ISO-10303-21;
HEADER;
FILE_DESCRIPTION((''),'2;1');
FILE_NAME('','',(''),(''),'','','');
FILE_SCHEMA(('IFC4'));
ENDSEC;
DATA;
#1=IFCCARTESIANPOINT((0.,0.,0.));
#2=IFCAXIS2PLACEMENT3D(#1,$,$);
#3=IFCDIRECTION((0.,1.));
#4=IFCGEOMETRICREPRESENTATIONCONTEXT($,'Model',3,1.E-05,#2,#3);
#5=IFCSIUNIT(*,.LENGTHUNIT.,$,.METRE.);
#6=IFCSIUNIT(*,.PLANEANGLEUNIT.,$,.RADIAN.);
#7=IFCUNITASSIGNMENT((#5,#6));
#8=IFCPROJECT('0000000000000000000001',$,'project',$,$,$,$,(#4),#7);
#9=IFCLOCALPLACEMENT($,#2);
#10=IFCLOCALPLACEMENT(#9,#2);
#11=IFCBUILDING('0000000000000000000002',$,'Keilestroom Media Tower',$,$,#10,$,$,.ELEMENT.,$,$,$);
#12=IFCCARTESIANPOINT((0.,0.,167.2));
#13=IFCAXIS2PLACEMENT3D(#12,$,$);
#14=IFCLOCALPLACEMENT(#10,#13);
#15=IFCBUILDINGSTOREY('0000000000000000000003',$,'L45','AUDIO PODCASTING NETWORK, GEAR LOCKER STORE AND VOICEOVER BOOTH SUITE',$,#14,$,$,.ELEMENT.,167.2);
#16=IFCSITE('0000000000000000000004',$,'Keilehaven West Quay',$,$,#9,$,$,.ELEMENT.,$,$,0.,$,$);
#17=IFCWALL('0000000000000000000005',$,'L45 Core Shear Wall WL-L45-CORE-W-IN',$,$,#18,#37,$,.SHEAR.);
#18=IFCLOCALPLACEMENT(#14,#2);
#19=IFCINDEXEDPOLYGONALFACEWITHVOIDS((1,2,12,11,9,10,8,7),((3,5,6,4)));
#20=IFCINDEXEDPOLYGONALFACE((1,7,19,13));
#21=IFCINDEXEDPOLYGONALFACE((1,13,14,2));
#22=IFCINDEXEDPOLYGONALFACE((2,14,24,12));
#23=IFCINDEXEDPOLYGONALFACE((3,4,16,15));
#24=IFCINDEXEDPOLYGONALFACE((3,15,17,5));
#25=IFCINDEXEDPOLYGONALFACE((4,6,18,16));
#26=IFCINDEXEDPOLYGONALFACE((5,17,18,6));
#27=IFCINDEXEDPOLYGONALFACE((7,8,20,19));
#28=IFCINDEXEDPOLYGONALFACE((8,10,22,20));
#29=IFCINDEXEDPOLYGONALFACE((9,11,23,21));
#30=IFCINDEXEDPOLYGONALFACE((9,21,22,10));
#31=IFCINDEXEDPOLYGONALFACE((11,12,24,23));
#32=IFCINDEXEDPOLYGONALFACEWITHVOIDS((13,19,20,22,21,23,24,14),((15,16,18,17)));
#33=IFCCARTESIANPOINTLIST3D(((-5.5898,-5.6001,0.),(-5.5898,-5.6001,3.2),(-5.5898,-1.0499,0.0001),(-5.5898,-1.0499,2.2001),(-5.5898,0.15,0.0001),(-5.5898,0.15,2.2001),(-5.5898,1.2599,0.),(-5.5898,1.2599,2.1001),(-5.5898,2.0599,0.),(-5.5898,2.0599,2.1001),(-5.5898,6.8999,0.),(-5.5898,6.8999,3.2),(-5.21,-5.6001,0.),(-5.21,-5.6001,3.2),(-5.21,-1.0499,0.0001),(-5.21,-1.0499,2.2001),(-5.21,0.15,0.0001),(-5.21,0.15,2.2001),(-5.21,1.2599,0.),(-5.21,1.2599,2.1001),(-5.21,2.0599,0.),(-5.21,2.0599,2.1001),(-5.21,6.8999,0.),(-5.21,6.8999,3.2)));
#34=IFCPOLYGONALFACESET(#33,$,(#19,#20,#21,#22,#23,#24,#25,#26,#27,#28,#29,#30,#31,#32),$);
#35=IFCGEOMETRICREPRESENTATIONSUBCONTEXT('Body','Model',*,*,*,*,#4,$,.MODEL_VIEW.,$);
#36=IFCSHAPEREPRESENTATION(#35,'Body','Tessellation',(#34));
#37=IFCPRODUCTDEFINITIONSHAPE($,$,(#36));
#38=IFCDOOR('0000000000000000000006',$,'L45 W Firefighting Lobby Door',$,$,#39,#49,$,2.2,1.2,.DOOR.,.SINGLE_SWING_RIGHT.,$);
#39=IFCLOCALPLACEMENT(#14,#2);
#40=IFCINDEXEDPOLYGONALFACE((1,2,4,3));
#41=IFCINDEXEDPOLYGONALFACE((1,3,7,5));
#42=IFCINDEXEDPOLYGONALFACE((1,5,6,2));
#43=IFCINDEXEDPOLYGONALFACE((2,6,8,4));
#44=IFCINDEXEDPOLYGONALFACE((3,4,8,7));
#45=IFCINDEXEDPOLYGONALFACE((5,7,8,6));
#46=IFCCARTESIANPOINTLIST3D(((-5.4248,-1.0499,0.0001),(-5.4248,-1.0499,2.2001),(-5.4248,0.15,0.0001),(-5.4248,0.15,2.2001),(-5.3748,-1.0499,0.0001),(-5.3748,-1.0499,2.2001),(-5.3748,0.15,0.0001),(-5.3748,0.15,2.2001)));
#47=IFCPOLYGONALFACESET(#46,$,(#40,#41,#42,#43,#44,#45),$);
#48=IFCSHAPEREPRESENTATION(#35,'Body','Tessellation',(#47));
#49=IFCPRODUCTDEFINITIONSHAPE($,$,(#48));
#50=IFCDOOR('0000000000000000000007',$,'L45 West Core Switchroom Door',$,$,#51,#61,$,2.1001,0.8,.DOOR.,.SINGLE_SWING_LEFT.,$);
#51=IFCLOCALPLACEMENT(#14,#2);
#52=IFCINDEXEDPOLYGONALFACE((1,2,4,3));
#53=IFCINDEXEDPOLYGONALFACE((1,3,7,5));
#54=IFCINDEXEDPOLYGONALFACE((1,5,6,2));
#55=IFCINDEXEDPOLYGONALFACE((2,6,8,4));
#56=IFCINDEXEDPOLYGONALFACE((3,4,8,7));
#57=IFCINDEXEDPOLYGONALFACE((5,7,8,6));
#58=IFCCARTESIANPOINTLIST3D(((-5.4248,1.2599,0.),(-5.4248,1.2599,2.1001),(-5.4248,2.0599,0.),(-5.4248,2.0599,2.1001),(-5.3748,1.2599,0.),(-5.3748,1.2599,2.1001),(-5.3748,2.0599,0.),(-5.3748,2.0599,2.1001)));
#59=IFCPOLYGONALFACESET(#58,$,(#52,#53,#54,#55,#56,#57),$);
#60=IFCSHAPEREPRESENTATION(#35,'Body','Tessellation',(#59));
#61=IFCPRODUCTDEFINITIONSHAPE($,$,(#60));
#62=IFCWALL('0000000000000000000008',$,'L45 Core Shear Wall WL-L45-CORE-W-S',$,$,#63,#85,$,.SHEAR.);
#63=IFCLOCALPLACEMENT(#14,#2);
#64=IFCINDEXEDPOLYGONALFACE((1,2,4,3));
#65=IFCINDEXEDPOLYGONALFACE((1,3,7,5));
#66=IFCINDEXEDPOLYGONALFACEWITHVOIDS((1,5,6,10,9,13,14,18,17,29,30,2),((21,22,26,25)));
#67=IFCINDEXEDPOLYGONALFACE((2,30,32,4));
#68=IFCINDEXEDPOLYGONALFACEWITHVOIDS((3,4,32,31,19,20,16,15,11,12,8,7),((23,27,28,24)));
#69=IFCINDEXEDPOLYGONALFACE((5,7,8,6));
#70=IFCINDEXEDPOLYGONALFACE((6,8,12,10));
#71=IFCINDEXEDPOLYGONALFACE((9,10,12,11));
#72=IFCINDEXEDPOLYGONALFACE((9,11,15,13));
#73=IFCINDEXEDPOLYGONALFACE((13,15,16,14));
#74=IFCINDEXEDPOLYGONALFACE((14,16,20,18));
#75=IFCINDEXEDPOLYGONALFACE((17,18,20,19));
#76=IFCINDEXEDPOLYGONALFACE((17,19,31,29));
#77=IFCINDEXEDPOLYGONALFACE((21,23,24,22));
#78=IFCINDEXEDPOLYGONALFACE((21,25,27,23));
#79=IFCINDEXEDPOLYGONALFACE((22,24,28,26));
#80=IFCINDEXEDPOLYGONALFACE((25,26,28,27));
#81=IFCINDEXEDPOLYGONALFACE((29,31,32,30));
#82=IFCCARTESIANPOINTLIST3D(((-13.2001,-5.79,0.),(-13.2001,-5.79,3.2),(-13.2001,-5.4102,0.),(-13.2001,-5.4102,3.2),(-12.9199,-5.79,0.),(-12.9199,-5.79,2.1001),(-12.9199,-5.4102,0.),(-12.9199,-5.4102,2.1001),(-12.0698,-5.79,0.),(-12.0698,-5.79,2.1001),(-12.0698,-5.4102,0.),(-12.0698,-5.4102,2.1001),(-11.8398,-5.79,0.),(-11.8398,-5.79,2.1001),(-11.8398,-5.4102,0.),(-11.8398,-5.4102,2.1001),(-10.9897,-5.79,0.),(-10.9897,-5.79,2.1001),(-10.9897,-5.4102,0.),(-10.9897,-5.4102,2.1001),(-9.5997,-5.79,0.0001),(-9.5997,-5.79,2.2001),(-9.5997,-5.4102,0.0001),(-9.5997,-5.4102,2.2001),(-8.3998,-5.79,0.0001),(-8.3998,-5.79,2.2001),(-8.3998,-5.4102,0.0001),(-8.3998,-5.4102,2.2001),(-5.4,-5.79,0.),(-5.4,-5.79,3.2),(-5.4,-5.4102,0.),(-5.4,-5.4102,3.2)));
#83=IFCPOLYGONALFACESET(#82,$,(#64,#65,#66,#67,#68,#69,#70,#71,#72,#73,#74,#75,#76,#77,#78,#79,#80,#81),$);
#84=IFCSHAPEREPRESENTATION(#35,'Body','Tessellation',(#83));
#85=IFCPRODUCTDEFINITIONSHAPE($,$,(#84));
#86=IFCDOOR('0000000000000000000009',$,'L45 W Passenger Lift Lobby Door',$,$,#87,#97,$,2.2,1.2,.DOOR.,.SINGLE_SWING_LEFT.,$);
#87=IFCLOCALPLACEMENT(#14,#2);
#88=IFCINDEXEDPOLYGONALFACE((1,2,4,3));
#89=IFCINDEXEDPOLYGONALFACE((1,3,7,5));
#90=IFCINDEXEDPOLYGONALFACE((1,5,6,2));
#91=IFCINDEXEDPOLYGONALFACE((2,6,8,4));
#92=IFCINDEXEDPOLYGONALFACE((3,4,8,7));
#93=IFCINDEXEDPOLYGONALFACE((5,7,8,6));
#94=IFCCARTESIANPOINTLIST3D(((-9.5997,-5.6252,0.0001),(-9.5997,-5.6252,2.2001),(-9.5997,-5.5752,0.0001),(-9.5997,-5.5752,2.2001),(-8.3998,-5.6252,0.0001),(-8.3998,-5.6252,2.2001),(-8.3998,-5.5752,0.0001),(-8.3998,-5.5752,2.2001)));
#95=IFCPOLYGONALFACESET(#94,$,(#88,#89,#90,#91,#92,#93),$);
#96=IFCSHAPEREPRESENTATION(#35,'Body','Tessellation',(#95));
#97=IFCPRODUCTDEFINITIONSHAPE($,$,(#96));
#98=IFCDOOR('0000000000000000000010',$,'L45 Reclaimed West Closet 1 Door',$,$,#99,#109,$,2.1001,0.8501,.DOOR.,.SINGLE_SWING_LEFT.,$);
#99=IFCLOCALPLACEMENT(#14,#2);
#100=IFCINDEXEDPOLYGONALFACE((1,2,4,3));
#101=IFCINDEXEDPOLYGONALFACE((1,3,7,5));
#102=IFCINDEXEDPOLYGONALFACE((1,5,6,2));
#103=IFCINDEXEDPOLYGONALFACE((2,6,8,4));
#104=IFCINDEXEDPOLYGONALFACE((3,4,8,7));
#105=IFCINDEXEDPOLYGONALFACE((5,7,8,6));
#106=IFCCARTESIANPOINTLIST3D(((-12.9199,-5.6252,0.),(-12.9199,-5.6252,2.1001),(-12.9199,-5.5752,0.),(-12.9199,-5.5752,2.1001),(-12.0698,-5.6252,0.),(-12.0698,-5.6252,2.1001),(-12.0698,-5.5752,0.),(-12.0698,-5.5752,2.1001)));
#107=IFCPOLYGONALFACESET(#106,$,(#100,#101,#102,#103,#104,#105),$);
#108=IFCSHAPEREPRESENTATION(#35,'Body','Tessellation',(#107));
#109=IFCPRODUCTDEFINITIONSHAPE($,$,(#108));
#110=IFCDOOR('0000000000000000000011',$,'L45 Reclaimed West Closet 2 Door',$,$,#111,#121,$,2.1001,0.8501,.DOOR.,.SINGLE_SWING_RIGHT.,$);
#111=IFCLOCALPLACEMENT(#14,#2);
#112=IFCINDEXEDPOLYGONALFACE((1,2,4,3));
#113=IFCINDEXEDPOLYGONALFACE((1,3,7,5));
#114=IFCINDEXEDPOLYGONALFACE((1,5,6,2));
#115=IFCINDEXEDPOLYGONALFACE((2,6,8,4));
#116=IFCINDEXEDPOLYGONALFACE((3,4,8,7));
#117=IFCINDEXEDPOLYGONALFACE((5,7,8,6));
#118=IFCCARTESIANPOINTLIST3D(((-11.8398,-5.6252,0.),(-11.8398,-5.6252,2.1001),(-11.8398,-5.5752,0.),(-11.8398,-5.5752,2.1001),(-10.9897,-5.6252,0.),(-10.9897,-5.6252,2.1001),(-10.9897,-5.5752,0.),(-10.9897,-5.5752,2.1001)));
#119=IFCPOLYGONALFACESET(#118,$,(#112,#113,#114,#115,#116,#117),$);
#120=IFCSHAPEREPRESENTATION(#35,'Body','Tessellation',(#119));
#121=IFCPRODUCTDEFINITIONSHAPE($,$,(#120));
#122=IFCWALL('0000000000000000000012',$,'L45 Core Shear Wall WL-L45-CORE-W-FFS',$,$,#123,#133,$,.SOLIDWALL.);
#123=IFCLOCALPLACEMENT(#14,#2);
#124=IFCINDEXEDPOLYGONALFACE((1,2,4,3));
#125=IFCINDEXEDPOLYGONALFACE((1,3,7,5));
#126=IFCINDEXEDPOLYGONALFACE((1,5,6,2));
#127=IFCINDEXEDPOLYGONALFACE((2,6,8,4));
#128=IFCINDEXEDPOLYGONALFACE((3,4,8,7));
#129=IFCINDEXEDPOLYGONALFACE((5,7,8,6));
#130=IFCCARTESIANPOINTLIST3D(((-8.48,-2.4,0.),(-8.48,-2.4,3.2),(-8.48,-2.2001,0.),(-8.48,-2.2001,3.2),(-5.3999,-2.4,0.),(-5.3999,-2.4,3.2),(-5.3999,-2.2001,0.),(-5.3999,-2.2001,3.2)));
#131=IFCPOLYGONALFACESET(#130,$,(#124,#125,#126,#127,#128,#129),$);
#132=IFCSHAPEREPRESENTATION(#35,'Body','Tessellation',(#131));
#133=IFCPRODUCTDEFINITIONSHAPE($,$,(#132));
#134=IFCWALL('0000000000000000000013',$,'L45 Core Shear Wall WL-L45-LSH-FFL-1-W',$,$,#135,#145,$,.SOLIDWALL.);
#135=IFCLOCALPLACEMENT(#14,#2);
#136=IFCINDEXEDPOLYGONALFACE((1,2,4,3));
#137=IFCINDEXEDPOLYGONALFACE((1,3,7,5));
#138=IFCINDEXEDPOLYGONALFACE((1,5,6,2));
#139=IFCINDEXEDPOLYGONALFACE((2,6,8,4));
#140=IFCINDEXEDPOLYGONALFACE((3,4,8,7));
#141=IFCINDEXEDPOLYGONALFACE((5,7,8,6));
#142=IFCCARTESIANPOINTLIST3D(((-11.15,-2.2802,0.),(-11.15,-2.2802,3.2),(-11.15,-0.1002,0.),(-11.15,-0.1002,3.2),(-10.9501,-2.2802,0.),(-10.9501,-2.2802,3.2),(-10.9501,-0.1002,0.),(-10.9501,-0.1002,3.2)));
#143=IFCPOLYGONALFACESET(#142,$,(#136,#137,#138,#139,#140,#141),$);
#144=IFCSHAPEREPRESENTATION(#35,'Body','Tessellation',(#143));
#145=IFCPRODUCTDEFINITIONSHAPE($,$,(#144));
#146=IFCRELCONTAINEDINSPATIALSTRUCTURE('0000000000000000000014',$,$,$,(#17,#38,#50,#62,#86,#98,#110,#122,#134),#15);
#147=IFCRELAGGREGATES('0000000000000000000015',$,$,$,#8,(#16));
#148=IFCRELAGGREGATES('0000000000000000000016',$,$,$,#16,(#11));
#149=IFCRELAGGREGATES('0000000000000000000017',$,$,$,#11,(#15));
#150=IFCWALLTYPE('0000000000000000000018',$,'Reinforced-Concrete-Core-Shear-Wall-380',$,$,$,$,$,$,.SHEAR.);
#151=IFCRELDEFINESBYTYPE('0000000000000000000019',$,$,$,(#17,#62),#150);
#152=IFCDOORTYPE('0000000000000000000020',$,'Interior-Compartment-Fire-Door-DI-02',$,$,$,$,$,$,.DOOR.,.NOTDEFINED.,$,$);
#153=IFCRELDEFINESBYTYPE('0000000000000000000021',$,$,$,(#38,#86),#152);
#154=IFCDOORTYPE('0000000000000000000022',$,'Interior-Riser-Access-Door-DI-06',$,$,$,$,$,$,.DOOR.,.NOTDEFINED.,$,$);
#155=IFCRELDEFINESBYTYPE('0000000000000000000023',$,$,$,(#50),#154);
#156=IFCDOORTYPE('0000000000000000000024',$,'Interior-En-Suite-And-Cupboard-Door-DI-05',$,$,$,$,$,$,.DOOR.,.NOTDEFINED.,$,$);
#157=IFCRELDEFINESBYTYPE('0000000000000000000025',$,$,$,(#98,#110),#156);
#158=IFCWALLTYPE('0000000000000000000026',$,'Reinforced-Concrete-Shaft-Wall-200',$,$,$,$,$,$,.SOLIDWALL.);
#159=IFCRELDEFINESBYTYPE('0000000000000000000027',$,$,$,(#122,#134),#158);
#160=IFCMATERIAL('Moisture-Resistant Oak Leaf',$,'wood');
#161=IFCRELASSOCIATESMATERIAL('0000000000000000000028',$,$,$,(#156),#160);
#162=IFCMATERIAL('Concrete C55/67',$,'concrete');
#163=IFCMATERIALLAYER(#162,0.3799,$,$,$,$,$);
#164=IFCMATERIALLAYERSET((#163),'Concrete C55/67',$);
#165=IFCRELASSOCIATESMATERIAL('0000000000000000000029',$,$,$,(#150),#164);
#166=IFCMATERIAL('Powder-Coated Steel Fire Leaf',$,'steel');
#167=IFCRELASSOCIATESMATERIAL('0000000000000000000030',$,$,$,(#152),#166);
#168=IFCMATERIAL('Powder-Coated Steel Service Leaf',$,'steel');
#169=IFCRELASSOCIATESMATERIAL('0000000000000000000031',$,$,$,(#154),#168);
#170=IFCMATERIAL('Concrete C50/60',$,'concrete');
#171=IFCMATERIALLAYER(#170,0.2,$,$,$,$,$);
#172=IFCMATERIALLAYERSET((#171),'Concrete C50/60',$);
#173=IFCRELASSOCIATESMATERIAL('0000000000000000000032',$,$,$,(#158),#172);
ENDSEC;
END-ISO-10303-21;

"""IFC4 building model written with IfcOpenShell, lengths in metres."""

from ifc_helpers import new_model, si_unit, direction, frame, frame_2d, origin, place, context, subcontext, project, spatial, rectangle, extrude, source, transform, mapped, material, layer, layer_set, type_object, element, fill, save


model = new_model("IFC4")

# Units and contexts
model_context = context("Model", 3, precision=1e-05, world=origin(), true_north=direction((0.0, 1.0)))
body_context = subcontext(model_context, "Body", "Model", "MODEL_VIEW")
ifc_project = project(units=[si_unit("LENGTHUNIT", "METRE"), si_unit("PLANEANGLEUNIT", "RADIAN")], contexts=[model_context])

# Site, building, storey
site_placement = place(None, origin())
site = spatial("IfcSite", under=ifc_project, at=site_placement, Name="Keilehaven West Quay", CompositionType="ELEMENT", RefElevation=0.0)
building_placement = place(site_placement, origin())
building = spatial("IfcBuilding", under=site, at=building_placement, Name="Keilestroom Media Tower", CompositionType="ELEMENT")
storey_placement = place(building_placement, frame((0.0, 0.0, 167.2)))
storey = spatial("IfcBuildingStorey", under=building, at=storey_placement, Name="L45", Description="AUDIO PODCASTING NETWORK, GEAR LOCKER STORE AND VOICEOVER BOOTH SUITE", CompositionType="ELEMENT", Elevation=167.2)

# Shared definitions
ifc_material_1 = material(Name="Moisture-Resistant Oak Leaf", Category="wood")
door_type_1 = type_object("IfcDoorType", Name="Interior-En-Suite-And-Cupboard-Door-DI-05", OperationType="NOTDEFINED", PredefinedType="DOOR", material=ifc_material_1)
shared_shape_1 = source(origin(), body_context, "Body", "SweptSolid", [
    extrude(rectangle(XDim=0.8501, YDim=2.1001, at=frame_2d((0.425, 1.05))), frame((0.0, 0.0249, 0.0), z_axis=(0.0, -1.0, 0.0), x_axis=(1.0, 0.0, 0.0)), (0.0, 0.0, 1.0), 0.05),
])

# Shared definitions
ifc_material_2 = material(Name="Concrete C55/67", Category="concrete")
ifc_layer_1 = layer(ifc_material_2, 0.3799)
ifc_layer_set_1 = layer_set([ifc_layer_1], Name="Concrete C55/67")
wall_type_1 = type_object("IfcWallType", Name="Reinforced-Concrete-Core-Shear-Wall-380", PredefinedType="SHEAR", material=ifc_layer_set_1)

# Walls, openings, doors
wall_1_placement = place(storey_placement, frame((-5.3999, -5.6001, 0.0), z_axis=(0.0, 0.0, 1.0), x_axis=(0.0, 1.0, 0.0)))
wall_1 = element("IfcWall", 1, at=wall_1_placement, inside=storey, type_object=wall_type_1, Name="L45 Core Shear Wall WL-L45-CORE-W-IN", PredefinedType="SHEAR", context=body_context, shape_type="SweptSolid", body=[
    extrude(rectangle(XDim=12.5, YDim=0.3799, at=frame_2d((6.25, 0.0))), origin(), (0.0, 0.0, 1.0), 3.2),
])
opening_1_placement = place(wall_1_placement, frame((4.55, 0.0, 0.0)))
opening_1 = element("IfcOpeningElement", 2, at=opening_1_placement, cuts=wall_1, PredefinedType="OPENING", context=body_context, shape_type="SweptSolid", body=[
    extrude(rectangle(XDim=1.2, YDim=2.2, at=frame_2d((0.6001, 1.1001))), frame((0.0, 0.2, 0.0), z_axis=(0.0, -1.0, 0.0), x_axis=(1.0, 0.0, 0.0)), (0.0, 0.0, 1.0), 0.3999),
])
opening_2_placement = place(wall_1_placement, frame((6.8601, 0.0, 0.0)))
opening_2 = element("IfcOpeningElement", 3, at=opening_2_placement, cuts=wall_1, PredefinedType="OPENING", context=body_context, shape_type="SweptSolid", body=[
    extrude(rectangle(XDim=0.8, YDim=2.1001, at=frame_2d((0.3999, 1.05))), frame((0.0, 0.2, 0.0), z_axis=(0.0, -1.0, 0.0), x_axis=(1.0, 0.0, 0.0)), (0.0, 0.0, 1.0), 0.3999),
])
ifc_material_3 = material(Name="Powder-Coated Steel Fire Leaf", Category="steel")
door_type_2 = type_object("IfcDoorType", Name="Interior-Compartment-Fire-Door-DI-02", OperationType="NOTDEFINED", PredefinedType="DOOR", material=ifc_material_3)
shared_shape_2 = source(origin(), body_context, "Body", "SweptSolid", [
    extrude(rectangle(XDim=1.2, YDim=2.2, at=frame_2d((0.6001, 1.1001))), frame((0.0, 0.0249, 0.0), z_axis=(0.0, -1.0, 0.0), x_axis=(1.0, 0.0, 0.0)), (0.0, 0.0, 1.0), 0.05),
])
door_1_placement = place(opening_1_placement, origin())
door_1 = element("IfcDoor", 4, at=door_1_placement, inside=storey, type_object=door_type_2, Name="L45 W Firefighting Lobby Door", OperationType="SINGLE_SWING_RIGHT", OverallHeight=2.2, OverallWidth=1.2, PredefinedType="DOOR", context=body_context, shape_type="MappedRepresentation", body=[
    mapped(shared_shape_2, transform((0.0, 0.0, 0.0), x_axis=(1.0, 0.0, 0.0), y_axis=(0.0, 1.0, 0.0), z_axis=(0.0, 0.0, 1.0), scale=1.0)),
])
fill(opening_1, door_1)
ifc_material_4 = material(Name="Powder-Coated Steel Service Leaf", Category="steel")
door_type_3 = type_object("IfcDoorType", Name="Interior-Riser-Access-Door-DI-06", OperationType="NOTDEFINED", PredefinedType="DOOR", material=ifc_material_4)
shared_shape_3 = source(origin(), body_context, "Body", "SweptSolid", [
    extrude(rectangle(XDim=0.8, YDim=2.1001, at=frame_2d((0.3999, 1.05))), frame((0.0, 0.0249, 0.0), z_axis=(0.0, -1.0, 0.0), x_axis=(1.0, 0.0, 0.0)), (0.0, 0.0, 1.0), 0.05),
])
door_2_placement = place(opening_2_placement, origin())
door_2 = element("IfcDoor", 5, at=door_2_placement, inside=storey, type_object=door_type_3, Name="L45 West Core Switchroom Door", OperationType="SINGLE_SWING_LEFT", OverallHeight=2.1001, OverallWidth=0.8, PredefinedType="DOOR", context=body_context, shape_type="MappedRepresentation", body=[
    mapped(shared_shape_3, transform((0.0, 0.0, 0.0), x_axis=(1.0, 0.0, 0.0), y_axis=(0.0, 1.0, 0.0), z_axis=(0.0, 0.0, 1.0), scale=1.0)),
])
fill(opening_2, door_2)
wall_2_placement = place(storey_placement, frame((-13.2, -5.6001, 0.0), z_axis=(0.0, 0.0, 1.0), x_axis=(1.0, 0.0, 0.0)))
wall_2 = element("IfcWall", 6, at=wall_2_placement, inside=storey, type_object=wall_type_1, Name="L45 Core Shear Wall WL-L45-CORE-W-S", PredefinedType="SHEAR", context=body_context, shape_type="SweptSolid", body=[
    extrude(rectangle(XDim=7.8, YDim=0.3799, at=frame_2d((3.8999, 0.0))), origin(), (0.0, 0.0, 1.0), 3.2),
])
opening_3_placement = place(wall_2_placement, frame((3.6001, 0.0, 0.0)))
opening_3 = element("IfcOpeningElement", 7, at=opening_3_placement, cuts=wall_2, PredefinedType="OPENING", context=body_context, shape_type="SweptSolid", body=[
    extrude(rectangle(XDim=1.2, YDim=2.2, at=frame_2d((0.6001, 1.1001))), frame((0.0, 0.2, 0.0), z_axis=(0.0, -1.0, 0.0), x_axis=(1.0, 0.0, 0.0)), (0.0, 0.0, 1.0), 0.3999),
])
opening_4_placement = place(wall_2_placement, frame((0.28, 0.0, 0.0)))
opening_4 = element("IfcOpeningElement", 8, at=opening_4_placement, cuts=wall_2, PredefinedType="OPENING", context=body_context, shape_type="SweptSolid", body=[
    extrude(rectangle(XDim=0.8501, YDim=2.1001, at=frame_2d((0.425, 1.05))), frame((0.0, 0.2, 0.0), z_axis=(0.0, -1.0, 0.0), x_axis=(1.0, 0.0, 0.0)), (0.0, 0.0, 1.0), 0.3999),
])
opening_5_placement = place(wall_2_placement, frame((1.3601, 0.0, 0.0)))
opening_5 = element("IfcOpeningElement", 9, at=opening_5_placement, cuts=wall_2, PredefinedType="OPENING", context=body_context, shape_type="SweptSolid", body=[
    extrude(rectangle(XDim=0.8501, YDim=2.1001, at=frame_2d((0.425, 1.05))), frame((0.0, 0.2, 0.0), z_axis=(0.0, -1.0, 0.0), x_axis=(1.0, 0.0, 0.0)), (0.0, 0.0, 1.0), 0.3999),
])
door_3_placement = place(opening_3_placement, origin())
door_3 = element("IfcDoor", 10, at=door_3_placement, inside=storey, type_object=door_type_2, Name="L45 W Passenger Lift Lobby Door", OperationType="SINGLE_SWING_LEFT", OverallHeight=2.2, OverallWidth=1.2, PredefinedType="DOOR", context=body_context, shape_type="MappedRepresentation", body=[
    mapped(shared_shape_2, transform((0.0, 0.0, 0.0), x_axis=(1.0, 0.0, 0.0), y_axis=(0.0, 1.0, 0.0), z_axis=(0.0, 0.0, 1.0), scale=1.0)),
])
fill(opening_3, door_3)
door_4_placement = place(opening_4_placement, origin())
door_4 = element("IfcDoor", 11, at=door_4_placement, inside=storey, type_object=door_type_1, Name="L45 Reclaimed West Closet 1 Door", OperationType="SINGLE_SWING_LEFT", OverallHeight=2.1001, OverallWidth=0.8501, PredefinedType="DOOR", context=body_context, shape_type="MappedRepresentation", body=[
    mapped(shared_shape_1, transform((0.0, 0.0, 0.0), x_axis=(1.0, 0.0, 0.0), y_axis=(0.0, 1.0, 0.0), z_axis=(0.0, 0.0, 1.0), scale=1.0)),
])
fill(opening_4, door_4)
door_5_placement = place(opening_5_placement, origin())
door_5 = element("IfcDoor", 12, at=door_5_placement, inside=storey, type_object=door_type_1, Name="L45 Reclaimed West Closet 2 Door", OperationType="SINGLE_SWING_RIGHT", OverallHeight=2.1001, OverallWidth=0.8501, PredefinedType="DOOR", context=body_context, shape_type="MappedRepresentation", body=[
    mapped(shared_shape_1, transform((0.0, 0.0, 0.0), x_axis=(1.0, 0.0, 0.0), y_axis=(0.0, 1.0, 0.0), z_axis=(0.0, 0.0, 1.0), scale=1.0)),
])
fill(opening_5, door_5)

# Walls
ifc_material_5 = material(Name="Concrete C50/60", Category="concrete")
ifc_layer_2 = layer(ifc_material_5, 0.2)
ifc_layer_set_2 = layer_set([ifc_layer_2], Name="Concrete C50/60")
wall_type_2 = type_object("IfcWallType", Name="Reinforced-Concrete-Shaft-Wall-200", PredefinedType="SOLIDWALL", material=ifc_layer_set_2)
wall_3_placement = place(storey_placement, frame((-8.48, -2.3, 0.0), z_axis=(0.0, 0.0, 1.0), x_axis=(1.0, 0.0, 0.0)))
element("IfcWall", 13, at=wall_3_placement, inside=storey, type_object=wall_type_2, Name="L45 Core Shear Wall WL-L45-CORE-W-FFS", PredefinedType="SOLIDWALL", context=body_context, shape_type="SweptSolid", body=[
    extrude(rectangle(XDim=3.0801, YDim=0.2, at=frame_2d((1.54, 0.0))), origin(), (0.0, 0.0, 1.0), 3.2),
])
wall_4_placement = place(storey_placement, frame((-11.05, -2.28, 0.0), z_axis=(0.0, 0.0, 1.0), x_axis=(0.0, 1.0, 0.0)))
element("IfcWall", 14, at=wall_4_placement, inside=storey, type_object=wall_type_2, Name="L45 Core Shear Wall WL-L45-LSH-FFL-1-W", PredefinedType="SOLIDWALL", context=body_context, shape_type="SweptSolid", body=[
    extrude(rectangle(XDim=2.1799, YDim=0.2, at=frame_2d((1.0898, 0.0))), origin(), (0.0, 0.0, 1.0), 3.2),
])

save(model, "model.ifc")
